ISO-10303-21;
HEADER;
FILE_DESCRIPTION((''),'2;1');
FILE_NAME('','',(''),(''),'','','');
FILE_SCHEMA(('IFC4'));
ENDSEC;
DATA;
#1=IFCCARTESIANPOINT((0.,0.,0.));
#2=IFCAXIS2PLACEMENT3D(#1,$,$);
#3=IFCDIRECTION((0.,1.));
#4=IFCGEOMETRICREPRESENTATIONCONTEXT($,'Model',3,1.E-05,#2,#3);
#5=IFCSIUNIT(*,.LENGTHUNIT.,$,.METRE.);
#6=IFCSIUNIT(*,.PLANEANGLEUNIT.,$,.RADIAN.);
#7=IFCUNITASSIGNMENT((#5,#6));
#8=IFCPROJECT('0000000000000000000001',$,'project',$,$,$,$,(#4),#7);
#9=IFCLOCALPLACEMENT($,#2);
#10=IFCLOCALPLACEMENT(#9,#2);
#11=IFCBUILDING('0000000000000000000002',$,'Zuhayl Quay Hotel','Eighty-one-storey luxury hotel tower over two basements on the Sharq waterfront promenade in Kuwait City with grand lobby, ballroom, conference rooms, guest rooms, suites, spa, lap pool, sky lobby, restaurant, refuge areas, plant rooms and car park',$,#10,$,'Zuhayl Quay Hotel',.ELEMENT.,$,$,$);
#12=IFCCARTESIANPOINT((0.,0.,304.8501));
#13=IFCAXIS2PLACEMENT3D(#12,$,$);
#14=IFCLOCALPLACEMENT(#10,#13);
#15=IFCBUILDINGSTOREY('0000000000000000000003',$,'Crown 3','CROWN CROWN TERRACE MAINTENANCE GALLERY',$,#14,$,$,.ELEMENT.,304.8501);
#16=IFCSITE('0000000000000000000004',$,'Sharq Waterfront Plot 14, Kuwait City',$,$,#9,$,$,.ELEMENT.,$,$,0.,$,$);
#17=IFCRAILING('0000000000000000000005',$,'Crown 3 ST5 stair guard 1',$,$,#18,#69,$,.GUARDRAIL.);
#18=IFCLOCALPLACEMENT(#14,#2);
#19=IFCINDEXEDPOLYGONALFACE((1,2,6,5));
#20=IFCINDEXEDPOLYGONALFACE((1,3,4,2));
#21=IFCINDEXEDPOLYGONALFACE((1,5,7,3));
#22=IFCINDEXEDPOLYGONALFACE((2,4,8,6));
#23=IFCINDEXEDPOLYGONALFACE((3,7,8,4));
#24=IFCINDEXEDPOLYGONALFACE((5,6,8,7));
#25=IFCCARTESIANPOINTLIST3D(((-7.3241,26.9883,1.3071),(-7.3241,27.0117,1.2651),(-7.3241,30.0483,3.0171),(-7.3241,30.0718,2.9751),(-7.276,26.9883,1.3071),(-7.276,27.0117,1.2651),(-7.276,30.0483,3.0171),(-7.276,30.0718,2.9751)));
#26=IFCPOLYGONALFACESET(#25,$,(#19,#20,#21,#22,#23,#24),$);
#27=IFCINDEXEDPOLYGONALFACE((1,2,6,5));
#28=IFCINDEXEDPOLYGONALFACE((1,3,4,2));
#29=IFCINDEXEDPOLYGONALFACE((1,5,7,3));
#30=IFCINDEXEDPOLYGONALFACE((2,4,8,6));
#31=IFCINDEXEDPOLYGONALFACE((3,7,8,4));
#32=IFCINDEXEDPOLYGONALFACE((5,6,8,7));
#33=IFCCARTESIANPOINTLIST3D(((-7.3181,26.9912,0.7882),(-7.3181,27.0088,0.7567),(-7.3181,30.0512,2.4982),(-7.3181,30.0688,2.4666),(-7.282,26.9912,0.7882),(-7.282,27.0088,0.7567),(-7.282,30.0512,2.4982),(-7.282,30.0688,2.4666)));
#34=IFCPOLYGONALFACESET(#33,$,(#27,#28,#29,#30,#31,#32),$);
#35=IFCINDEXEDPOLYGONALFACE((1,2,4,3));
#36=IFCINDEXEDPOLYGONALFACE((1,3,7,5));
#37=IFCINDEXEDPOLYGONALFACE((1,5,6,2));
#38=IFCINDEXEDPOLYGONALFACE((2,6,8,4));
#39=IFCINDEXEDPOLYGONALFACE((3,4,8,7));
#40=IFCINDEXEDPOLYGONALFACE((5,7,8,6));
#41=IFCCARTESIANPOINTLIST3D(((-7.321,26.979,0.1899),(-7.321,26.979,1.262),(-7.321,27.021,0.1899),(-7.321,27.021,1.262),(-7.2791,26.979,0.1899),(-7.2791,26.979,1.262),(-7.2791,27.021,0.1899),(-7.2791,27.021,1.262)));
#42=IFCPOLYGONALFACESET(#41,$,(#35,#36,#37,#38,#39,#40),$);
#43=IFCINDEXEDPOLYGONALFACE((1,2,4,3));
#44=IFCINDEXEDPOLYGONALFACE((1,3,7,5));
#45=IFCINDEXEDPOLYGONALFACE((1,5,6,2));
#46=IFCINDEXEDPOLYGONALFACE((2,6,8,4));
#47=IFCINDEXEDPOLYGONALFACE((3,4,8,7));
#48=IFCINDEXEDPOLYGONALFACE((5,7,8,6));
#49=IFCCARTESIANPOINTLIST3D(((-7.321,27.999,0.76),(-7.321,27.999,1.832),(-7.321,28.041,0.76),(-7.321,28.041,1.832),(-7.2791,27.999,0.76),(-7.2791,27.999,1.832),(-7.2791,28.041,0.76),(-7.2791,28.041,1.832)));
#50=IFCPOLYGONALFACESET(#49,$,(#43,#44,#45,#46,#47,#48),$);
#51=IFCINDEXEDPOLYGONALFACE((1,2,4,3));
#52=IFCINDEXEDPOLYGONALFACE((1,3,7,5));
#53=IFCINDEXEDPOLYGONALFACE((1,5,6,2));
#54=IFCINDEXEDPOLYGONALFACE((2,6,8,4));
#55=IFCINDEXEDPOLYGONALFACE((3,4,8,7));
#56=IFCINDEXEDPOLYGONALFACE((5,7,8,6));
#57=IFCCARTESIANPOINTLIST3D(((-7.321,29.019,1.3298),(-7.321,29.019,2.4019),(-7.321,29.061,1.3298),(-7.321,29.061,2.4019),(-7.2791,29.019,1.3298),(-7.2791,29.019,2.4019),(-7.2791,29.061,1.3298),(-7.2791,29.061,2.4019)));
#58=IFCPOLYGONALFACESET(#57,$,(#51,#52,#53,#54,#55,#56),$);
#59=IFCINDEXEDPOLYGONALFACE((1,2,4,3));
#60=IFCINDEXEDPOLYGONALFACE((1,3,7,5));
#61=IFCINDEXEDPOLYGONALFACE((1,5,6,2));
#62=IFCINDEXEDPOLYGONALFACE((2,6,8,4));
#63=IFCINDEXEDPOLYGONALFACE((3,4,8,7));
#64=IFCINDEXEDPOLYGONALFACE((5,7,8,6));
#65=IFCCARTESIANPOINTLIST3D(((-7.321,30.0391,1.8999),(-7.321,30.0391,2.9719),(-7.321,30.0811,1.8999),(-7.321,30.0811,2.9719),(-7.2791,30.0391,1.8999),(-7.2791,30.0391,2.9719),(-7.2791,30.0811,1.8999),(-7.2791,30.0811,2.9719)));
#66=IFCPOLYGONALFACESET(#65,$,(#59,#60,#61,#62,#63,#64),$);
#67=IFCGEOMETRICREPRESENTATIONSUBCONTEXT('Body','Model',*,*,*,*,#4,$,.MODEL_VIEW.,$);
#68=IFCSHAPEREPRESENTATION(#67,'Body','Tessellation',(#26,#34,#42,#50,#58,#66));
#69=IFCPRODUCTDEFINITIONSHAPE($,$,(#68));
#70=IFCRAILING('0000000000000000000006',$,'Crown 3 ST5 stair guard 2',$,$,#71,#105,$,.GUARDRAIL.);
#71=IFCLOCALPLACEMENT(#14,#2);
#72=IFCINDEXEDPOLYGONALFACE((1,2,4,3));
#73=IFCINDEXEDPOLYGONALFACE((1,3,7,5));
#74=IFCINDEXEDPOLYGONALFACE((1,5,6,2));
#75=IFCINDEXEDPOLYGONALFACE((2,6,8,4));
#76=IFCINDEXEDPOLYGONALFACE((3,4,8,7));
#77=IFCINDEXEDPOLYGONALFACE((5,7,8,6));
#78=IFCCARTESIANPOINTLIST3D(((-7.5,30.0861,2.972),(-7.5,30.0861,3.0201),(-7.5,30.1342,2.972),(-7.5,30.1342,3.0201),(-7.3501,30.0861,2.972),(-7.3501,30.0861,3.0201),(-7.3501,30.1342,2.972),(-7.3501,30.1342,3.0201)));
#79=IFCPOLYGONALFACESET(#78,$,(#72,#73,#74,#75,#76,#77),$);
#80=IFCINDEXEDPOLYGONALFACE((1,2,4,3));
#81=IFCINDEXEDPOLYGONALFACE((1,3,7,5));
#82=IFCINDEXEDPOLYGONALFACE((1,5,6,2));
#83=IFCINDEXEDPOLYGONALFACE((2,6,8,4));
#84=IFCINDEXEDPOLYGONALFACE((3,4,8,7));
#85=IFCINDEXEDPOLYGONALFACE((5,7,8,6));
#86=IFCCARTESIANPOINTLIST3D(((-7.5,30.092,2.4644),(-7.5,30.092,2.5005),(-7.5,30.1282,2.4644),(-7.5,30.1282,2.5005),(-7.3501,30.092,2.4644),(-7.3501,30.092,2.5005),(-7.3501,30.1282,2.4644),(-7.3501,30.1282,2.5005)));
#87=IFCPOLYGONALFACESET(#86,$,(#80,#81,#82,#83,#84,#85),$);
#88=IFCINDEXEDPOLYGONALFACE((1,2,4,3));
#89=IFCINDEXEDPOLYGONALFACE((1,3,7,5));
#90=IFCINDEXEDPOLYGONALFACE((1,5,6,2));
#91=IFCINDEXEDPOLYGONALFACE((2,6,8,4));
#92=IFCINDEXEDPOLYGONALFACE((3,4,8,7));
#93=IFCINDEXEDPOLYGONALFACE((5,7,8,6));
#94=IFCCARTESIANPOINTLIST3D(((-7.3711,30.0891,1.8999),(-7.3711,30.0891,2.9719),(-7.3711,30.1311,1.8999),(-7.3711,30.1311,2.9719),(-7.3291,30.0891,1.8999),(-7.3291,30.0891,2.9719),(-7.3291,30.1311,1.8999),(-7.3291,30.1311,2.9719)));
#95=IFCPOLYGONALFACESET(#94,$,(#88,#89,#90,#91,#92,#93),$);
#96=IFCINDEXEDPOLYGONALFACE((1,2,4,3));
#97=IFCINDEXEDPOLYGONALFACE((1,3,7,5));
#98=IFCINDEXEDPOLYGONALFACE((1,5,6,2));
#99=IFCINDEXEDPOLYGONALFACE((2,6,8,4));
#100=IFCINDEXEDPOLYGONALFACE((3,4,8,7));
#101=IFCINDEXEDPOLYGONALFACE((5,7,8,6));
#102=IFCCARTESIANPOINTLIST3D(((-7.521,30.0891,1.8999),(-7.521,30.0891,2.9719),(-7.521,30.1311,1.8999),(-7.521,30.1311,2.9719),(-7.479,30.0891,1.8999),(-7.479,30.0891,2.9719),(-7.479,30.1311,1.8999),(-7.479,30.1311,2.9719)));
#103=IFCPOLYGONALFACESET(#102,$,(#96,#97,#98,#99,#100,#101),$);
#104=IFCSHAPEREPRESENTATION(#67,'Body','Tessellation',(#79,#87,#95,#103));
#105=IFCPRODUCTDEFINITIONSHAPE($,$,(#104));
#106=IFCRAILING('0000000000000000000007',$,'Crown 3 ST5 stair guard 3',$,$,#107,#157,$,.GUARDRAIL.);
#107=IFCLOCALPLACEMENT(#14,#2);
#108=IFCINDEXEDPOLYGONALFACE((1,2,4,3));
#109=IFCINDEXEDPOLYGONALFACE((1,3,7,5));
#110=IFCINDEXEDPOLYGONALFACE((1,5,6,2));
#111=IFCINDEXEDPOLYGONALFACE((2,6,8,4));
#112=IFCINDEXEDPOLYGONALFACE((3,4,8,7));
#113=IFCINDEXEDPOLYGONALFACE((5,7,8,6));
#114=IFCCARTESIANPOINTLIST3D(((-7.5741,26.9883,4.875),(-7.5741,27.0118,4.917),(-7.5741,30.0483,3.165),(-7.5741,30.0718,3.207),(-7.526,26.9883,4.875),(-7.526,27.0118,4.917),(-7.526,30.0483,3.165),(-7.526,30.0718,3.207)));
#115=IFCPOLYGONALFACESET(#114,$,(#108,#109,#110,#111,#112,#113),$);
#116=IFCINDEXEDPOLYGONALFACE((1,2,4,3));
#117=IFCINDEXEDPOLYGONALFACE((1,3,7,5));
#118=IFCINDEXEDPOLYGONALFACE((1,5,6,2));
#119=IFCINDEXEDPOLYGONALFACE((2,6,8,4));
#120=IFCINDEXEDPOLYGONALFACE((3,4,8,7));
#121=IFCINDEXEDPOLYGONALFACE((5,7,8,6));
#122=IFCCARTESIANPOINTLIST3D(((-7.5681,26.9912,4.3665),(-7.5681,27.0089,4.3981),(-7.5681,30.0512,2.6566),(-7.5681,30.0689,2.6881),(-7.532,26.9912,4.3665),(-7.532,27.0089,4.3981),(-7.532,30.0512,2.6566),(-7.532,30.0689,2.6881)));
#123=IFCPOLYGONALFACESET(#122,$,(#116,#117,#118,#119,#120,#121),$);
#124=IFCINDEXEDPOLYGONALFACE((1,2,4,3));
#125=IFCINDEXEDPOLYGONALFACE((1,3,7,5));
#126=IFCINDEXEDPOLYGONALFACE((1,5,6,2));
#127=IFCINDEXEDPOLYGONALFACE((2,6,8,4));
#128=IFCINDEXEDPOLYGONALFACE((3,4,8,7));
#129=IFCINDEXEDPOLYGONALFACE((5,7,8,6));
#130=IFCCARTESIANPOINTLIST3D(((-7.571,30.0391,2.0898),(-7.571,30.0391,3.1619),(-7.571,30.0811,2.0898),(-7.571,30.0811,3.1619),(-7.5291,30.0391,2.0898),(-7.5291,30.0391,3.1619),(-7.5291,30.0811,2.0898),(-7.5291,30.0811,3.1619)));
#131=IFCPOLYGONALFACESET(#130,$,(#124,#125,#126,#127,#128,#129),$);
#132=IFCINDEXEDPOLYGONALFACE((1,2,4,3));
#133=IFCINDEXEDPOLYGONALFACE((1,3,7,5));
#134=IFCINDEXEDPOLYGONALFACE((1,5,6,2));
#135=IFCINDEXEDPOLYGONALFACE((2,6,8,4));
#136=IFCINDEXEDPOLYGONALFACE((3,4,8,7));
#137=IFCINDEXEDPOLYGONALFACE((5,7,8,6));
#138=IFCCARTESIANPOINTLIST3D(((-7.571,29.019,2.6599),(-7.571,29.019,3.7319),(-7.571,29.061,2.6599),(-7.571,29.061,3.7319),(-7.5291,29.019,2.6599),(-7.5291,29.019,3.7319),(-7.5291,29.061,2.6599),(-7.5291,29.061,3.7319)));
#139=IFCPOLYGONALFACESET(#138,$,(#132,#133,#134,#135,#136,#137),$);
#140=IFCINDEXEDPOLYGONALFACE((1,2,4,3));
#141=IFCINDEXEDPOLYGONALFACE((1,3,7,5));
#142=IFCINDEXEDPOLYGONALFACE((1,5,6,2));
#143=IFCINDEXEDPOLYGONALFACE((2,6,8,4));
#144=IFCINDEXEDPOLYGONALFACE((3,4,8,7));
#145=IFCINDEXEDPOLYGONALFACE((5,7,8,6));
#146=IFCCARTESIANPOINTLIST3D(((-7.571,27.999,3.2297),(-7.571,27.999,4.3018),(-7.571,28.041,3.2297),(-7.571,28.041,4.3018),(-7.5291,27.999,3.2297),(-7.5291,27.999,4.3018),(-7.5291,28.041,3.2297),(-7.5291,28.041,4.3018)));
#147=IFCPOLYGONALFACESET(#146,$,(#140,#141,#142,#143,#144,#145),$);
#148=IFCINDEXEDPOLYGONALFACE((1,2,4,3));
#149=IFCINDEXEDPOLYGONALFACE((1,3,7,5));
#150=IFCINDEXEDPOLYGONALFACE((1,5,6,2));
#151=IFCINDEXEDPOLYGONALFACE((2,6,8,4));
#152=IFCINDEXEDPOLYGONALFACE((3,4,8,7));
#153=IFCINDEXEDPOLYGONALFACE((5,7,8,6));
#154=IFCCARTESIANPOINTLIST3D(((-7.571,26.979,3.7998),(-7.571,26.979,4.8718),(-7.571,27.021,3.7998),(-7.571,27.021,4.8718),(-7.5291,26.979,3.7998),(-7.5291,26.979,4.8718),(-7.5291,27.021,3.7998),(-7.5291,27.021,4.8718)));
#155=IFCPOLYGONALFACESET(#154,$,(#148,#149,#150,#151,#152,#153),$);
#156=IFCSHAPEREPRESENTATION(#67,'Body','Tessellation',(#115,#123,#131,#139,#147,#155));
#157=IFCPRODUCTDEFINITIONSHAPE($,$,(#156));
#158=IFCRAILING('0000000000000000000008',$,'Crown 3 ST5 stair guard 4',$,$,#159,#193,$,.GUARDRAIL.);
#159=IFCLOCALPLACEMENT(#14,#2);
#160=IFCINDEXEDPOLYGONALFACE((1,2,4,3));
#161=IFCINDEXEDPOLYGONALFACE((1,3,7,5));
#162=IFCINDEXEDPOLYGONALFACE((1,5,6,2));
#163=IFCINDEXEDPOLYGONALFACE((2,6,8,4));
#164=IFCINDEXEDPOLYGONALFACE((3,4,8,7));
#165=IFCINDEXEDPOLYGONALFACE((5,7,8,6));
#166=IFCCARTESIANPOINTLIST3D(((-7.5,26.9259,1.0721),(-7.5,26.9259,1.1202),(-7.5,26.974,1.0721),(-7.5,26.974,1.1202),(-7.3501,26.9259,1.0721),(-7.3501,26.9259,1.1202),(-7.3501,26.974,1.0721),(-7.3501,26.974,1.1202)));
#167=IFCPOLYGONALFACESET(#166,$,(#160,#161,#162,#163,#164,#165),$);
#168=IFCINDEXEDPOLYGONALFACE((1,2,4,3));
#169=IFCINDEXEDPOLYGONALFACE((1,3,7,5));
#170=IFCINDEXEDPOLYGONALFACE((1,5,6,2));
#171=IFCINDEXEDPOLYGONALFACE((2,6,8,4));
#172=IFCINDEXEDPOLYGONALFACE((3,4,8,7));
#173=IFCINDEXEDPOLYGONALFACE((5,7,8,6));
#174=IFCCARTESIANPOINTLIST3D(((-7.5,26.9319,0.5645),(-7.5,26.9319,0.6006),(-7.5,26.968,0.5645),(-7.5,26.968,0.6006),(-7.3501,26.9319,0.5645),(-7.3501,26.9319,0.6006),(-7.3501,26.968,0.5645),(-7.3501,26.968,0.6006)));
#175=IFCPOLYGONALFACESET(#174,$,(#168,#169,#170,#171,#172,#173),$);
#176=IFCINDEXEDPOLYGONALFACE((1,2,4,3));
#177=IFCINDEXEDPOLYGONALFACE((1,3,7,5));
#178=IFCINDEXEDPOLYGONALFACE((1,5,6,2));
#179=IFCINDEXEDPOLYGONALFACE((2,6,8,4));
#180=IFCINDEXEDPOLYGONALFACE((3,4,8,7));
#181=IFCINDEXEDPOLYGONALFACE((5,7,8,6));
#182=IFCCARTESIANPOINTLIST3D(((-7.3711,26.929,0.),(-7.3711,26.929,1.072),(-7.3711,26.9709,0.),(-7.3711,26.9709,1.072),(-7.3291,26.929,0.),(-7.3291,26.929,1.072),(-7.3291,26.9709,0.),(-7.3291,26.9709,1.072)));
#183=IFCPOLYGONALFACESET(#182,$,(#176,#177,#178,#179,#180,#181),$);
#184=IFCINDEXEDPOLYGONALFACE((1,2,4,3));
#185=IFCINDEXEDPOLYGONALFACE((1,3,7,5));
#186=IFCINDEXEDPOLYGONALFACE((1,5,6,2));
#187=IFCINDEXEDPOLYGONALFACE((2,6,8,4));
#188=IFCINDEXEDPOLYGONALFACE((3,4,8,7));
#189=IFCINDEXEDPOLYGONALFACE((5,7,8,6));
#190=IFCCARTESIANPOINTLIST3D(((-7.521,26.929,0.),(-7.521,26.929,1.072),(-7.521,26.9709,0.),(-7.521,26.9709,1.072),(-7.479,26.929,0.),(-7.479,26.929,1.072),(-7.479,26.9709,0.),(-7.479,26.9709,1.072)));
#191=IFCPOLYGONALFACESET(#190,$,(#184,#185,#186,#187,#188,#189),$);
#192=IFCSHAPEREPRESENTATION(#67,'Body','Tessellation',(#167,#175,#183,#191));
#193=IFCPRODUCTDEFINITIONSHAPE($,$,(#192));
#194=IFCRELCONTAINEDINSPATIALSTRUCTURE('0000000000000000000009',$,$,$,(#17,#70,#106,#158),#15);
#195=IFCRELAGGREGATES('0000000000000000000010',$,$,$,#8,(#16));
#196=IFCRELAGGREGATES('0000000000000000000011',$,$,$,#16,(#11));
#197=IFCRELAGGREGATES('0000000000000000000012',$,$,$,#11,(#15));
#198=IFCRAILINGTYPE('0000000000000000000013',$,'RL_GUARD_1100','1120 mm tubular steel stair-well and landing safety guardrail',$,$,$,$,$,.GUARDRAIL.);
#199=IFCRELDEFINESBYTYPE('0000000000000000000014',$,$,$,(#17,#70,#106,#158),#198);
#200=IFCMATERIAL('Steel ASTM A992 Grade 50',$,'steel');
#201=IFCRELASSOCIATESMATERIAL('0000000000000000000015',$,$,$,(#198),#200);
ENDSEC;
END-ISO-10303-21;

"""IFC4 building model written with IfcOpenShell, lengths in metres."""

from ifc_helpers import new_model, si_unit, direction, frame, origin, origin_2d, place, context, subcontext, project, spatial, rectangle, extrude, material, type_object, element, save


model = new_model("IFC4")

# Units and contexts
model_context = context("Model", 3, precision=1e-05, world=origin(), true_north=direction((0.0, 1.0)))
body_context = subcontext(model_context, "Body", "Model", "MODEL_VIEW")
ifc_project = project(units=[si_unit("LENGTHUNIT", "METRE"), si_unit("PLANEANGLEUNIT", "RADIAN")], contexts=[model_context])

# Site, building, storey
site_placement = place(None, origin())
site = spatial("IfcSite", under=ifc_project, at=site_placement, Name="Sharq Waterfront Plot 14, Kuwait City", CompositionType="ELEMENT", RefElevation=0.0)
building_placement = place(site_placement, origin())
building = spatial("IfcBuilding", under=site, at=building_placement, Name="Zuhayl Quay Hotel", Description="Eighty-one-storey luxury hotel tower over two basements on the Sharq waterfront promenade in Kuwait City with grand lobby, ballroom, conference rooms, guest rooms, suites, spa, lap pool, sky lobby, restaurant, refuge areas, plant rooms and car park", LongName="Zuhayl Quay Hotel", CompositionType="ELEMENT")
storey_placement = place(building_placement, frame((0.0, 0.0, 304.8501)))
storey = spatial("IfcBuildingStorey", under=building, at=storey_placement, Name="Crown 3", Description="CROWN CROWN TERRACE MAINTENANCE GALLERY", CompositionType="ELEMENT", Elevation=304.8501)

# Shared definitions
ifc_material_1 = material(Name="Steel ASTM A992 Grade 50", Category="steel")

# Railings
railing_type_1 = type_object("IfcRailingType", Name="RL_GUARD_1100", Description="1120 mm tubular steel stair-well and landing safety guardrail", PredefinedType="GUARDRAIL", material=ifc_material_1)
railing_1_placement = place(storey_placement, frame((-7.3, 27.0, 0.1899)))
element("IfcRailing", 1, at=railing_1_placement, inside=storey, type_object=railing_type_1, Name="Crown 3 ST5 stair guard 1", PredefinedType="GUARDRAIL", context=body_context, shape_type="SweptSolid", body=[
    extrude(rectangle(XDim=0.0481, YDim=0.0481, at=origin_2d()), frame((0.0, 0.0, 1.0962), z_axis=(0.0, 0.872952, 0.487806), x_axis=(-1.0, 0.0, 0.0)), (0.0, 0.0, 1.0), 3.5054),
    extrude(rectangle(XDim=0.0361, YDim=0.0361, at=origin_2d()), frame((0.0, 0.0, 0.5825), z_axis=(0.0, 0.872952, 0.487806), x_axis=(-1.0, 0.0, 0.0)), (0.0, 0.0, 1.0), 3.5054),
    extrude(rectangle(XDim=0.042, YDim=0.042, at=origin_2d()), origin(), (0.0, 0.0, 1.0), 1.072),
    extrude(rectangle(XDim=0.042, YDim=0.042, at=origin_2d()), frame((0.0, 1.02, 0.5701)), (0.0, 0.0, 1.0), 1.072),
    extrude(rectangle(XDim=0.042, YDim=0.042, at=origin_2d()), frame((0.0, 2.04, 1.1399)), (0.0, 0.0, 1.0), 1.072),
    extrude(rectangle(XDim=0.042, YDim=0.042, at=origin_2d()), frame((0.0, 3.0601, 1.71)), (0.0, 0.0, 1.0), 1.072),
])
railing_2_placement = place(storey_placement, frame((-7.3501, 30.1101, 1.8999)))
element("IfcRailing", 2, at=railing_2_placement, inside=storey, type_object=railing_type_1, Name="Crown 3 ST5 stair guard 2", PredefinedType="GUARDRAIL", context=body_context, shape_type="SweptSolid", body=[
    extrude(rectangle(XDim=0.0481, YDim=0.0481, at=origin_2d()), frame((0.0, 0.0, 1.0962), z_axis=(-1.0, 0.0, 0.0), x_axis=(0.0, -1.0, 0.0)), (0.0, 0.0, 1.0), 0.1499),
    extrude(rectangle(XDim=0.0361, YDim=0.0361, at=origin_2d()), frame((0.0, 0.0, 0.5825), z_axis=(-1.0, 0.0, 0.0), x_axis=(0.0, -1.0, 0.0)), (0.0, 0.0, 1.0), 0.1499),
    extrude(rectangle(XDim=0.042, YDim=0.042, at=origin_2d()), origin(), (0.0, 0.0, 1.0), 1.072),
    extrude(rectangle(XDim=0.042, YDim=0.042, at=origin_2d()), frame((-0.1499, 0.0, 0.0)), (0.0, 0.0, 1.0), 1.072),
])
railing_3_placement = place(storey_placement, frame((-7.55, 30.0601, 2.0898)))
element("IfcRailing", 3, at=railing_3_placement, inside=storey, type_object=railing_type_1, Name="Crown 3 ST5 stair guard 3", PredefinedType="GUARDRAIL", context=body_context, shape_type="SweptSolid", body=[
    extrude(rectangle(XDim=0.0481, YDim=0.0481, at=origin_2d()), frame((0.0, 0.0, 1.0962), z_axis=(0.0, -0.872952, 0.487806), x_axis=(1.0, 0.0, 0.0)), (0.0, 0.0, 1.0), 3.5054),
    extrude(rectangle(XDim=0.0361, YDim=0.0361, at=origin_2d()), frame((0.0, 0.0, 0.5825), z_axis=(0.0, -0.872952, 0.487806), x_axis=(1.0, 0.0, 0.0)), (0.0, 0.0, 1.0), 3.5054),
    extrude(rectangle(XDim=0.042, YDim=0.042, at=origin_2d()), origin(), (0.0, 0.0, 1.0), 1.072),
    extrude(rectangle(XDim=0.042, YDim=0.042, at=origin_2d()), frame((0.0, -1.02, 0.5701)), (0.0, 0.0, 1.0), 1.072),
    extrude(rectangle(XDim=0.042, YDim=0.042, at=origin_2d()), frame((0.0, -2.04, 1.1399)), (0.0, 0.0, 1.0), 1.072),
    extrude(rectangle(XDim=0.042, YDim=0.042, at=origin_2d()), frame((0.0, -3.0601, 1.71)), (0.0, 0.0, 1.0), 1.072),
])
railing_4_placement = place(storey_placement, frame((-7.3501, 26.95, 0.0)))
element("IfcRailing", 4, at=railing_4_placement, inside=storey, type_object=railing_type_1, Name="Crown 3 ST5 stair guard 4", PredefinedType="GUARDRAIL", context=body_context, shape_type="SweptSolid", body=[
    extrude(rectangle(XDim=0.0481, YDim=0.0481, at=origin_2d()), frame((0.0, 0.0, 1.0962), z_axis=(-1.0, 0.0, 0.0), x_axis=(0.0, -1.0, 0.0)), (0.0, 0.0, 1.0), 0.1499),
    extrude(rectangle(XDim=0.0361, YDim=0.0361, at=origin_2d()), frame((0.0, 0.0, 0.5825), z_axis=(-1.0, 0.0, 0.0), x_axis=(0.0, -1.0, 0.0)), (0.0, 0.0, 1.0), 0.1499),
    extrude(rectangle(XDim=0.042, YDim=0.042, at=origin_2d()), origin(), (0.0, 0.0, 1.0), 1.072),
    extrude(rectangle(XDim=0.042, YDim=0.042, at=origin_2d()), frame((-0.1499, 0.0, 0.0)), (0.0, 0.0, 1.0), 1.072),
])

save(model, "model.ifc")
